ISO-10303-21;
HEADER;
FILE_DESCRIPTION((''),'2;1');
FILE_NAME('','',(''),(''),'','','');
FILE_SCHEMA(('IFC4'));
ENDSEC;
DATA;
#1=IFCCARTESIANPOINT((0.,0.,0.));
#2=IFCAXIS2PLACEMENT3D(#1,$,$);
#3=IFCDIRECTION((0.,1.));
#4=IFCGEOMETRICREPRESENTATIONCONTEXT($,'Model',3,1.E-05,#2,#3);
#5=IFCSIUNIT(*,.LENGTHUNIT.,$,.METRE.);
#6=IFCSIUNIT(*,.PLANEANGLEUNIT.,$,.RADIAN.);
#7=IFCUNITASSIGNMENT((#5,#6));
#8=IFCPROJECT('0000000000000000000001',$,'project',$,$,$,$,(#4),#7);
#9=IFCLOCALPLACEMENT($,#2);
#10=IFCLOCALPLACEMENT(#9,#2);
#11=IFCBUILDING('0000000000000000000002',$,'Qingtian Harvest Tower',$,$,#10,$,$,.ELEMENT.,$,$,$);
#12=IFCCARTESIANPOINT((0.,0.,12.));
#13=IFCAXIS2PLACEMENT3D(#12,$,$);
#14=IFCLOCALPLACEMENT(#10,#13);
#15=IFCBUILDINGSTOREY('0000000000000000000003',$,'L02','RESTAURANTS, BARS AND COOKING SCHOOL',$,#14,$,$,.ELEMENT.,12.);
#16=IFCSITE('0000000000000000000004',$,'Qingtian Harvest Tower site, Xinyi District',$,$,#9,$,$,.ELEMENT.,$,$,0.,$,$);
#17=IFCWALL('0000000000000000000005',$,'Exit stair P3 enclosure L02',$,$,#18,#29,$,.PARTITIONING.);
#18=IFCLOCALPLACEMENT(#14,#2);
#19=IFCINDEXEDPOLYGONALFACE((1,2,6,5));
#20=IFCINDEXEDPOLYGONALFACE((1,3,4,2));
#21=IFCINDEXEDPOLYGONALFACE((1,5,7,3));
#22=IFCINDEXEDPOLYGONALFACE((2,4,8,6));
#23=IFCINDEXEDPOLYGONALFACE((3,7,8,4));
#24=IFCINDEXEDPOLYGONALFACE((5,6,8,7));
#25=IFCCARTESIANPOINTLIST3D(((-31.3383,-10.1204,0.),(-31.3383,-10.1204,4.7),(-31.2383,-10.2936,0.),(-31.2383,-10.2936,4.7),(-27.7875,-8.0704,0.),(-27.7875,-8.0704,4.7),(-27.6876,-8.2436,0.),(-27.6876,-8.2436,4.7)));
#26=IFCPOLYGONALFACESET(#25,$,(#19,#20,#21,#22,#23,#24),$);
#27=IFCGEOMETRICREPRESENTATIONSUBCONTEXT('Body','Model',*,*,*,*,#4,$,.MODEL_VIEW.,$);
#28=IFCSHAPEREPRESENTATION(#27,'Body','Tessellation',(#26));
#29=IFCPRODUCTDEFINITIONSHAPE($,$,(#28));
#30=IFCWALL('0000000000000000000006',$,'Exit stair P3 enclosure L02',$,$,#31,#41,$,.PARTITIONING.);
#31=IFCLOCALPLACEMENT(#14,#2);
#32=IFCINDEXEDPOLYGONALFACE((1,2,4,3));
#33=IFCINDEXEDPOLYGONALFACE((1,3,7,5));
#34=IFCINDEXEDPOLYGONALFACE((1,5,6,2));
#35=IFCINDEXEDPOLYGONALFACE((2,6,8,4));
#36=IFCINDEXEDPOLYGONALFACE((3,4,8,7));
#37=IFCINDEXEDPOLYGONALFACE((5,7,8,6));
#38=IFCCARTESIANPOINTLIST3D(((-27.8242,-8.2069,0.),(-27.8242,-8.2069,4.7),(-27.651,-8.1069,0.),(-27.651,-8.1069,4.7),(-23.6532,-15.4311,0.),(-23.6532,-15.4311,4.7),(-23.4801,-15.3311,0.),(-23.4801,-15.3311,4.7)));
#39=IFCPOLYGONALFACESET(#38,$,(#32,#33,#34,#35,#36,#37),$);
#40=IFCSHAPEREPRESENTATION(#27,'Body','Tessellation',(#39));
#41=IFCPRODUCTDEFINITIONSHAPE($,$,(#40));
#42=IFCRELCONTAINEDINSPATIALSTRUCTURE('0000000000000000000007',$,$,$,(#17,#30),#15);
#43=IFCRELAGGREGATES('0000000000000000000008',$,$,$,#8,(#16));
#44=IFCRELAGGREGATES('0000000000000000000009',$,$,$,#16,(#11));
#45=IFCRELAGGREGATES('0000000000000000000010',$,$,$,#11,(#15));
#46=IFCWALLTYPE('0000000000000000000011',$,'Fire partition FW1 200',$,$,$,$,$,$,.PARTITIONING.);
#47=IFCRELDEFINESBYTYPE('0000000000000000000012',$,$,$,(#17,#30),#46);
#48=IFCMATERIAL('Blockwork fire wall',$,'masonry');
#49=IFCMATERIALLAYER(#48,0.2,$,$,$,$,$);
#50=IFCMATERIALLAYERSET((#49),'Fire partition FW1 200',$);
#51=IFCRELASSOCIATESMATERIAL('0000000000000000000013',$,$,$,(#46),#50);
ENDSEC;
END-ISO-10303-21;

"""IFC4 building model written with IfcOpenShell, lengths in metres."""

from ifc_helpers import new_model, si_unit, direction, frame, frame_2d, origin, place, context, subcontext, project, spatial, rectangle, extrude, material, layer, layer_set, type_object, element, save


model = new_model("IFC4")

# Units and contexts
model_context = context("Model", 3, precision=1e-05, world=origin(), true_north=direction((0.0, 1.0)))
body_context = subcontext(model_context, "Body", "Model", "MODEL_VIEW")
ifc_project = project(units=[si_unit("LENGTHUNIT", "METRE"), si_unit("PLANEANGLEUNIT", "RADIAN")], contexts=[model_context])

# Site, building, storey
site_placement = place(None, origin())
site = spatial("IfcSite", under=ifc_project, at=site_placement, Name="Qingtian Harvest Tower site, Xinyi District", CompositionType="ELEMENT", RefElevation=0.0)
building_placement = place(site_placement, origin())
building = spatial("IfcBuilding", under=site, at=building_placement, Name="Qingtian Harvest Tower", CompositionType="ELEMENT")
storey_placement = place(building_placement, frame((0.0, 0.0, 12.0)))
storey = spatial("IfcBuildingStorey", under=building, at=storey_placement, Name="L02", Description="RESTAURANTS, BARS AND COOKING SCHOOL", CompositionType="ELEMENT", Elevation=12.0)

# Walls
ifc_material_1 = material(Name="Blockwork fire wall", Category="masonry")
ifc_layer_1 = layer(ifc_material_1, 0.2)
ifc_layer_set_1 = layer_set([ifc_layer_1], Name="Fire partition FW1 200")
wall_type = type_object("IfcWallType", Name="Fire partition FW1 200", PredefinedType="PARTITIONING", material=ifc_layer_set_1)
wall_1_placement = place(storey_placement, frame((-31.2883, -10.207, 0.0), z_axis=(0.0, 0.0, 1.0), x_axis=(0.866025, 0.500001, 0.0)))
element("IfcWall", 1, at=wall_1_placement, inside=storey, type_object=wall_type, Name="Exit stair P3 enclosure L02", PredefinedType="PARTITIONING", context=body_context, shape_type="SweptSolid", body=[
    extrude(rectangle(XDim=4.1001, YDim=0.2, at=frame_2d((2.05, 0.0))), origin(), (0.0, 0.0, 1.0), 4.7),
])
wall_2_placement = place(storey_placement, frame((-23.5667, -15.3811, 0.0), z_axis=(0.0, 0.0, 1.0), x_axis=(-0.500005, 0.866023, 0.0)))
element("IfcWall", 2, at=wall_2_placement, inside=storey, type_object=wall_type, Name="Exit stair P3 enclosure L02", PredefinedType="PARTITIONING", context=body_context, shape_type="SweptSolid", body=[
    extrude(rectangle(XDim=8.3418, YDim=0.2, at=frame_2d((4.1709, 0.0))), origin(), (0.0, 0.0, 1.0), 4.7),
])

save(model, "model.ifc")
